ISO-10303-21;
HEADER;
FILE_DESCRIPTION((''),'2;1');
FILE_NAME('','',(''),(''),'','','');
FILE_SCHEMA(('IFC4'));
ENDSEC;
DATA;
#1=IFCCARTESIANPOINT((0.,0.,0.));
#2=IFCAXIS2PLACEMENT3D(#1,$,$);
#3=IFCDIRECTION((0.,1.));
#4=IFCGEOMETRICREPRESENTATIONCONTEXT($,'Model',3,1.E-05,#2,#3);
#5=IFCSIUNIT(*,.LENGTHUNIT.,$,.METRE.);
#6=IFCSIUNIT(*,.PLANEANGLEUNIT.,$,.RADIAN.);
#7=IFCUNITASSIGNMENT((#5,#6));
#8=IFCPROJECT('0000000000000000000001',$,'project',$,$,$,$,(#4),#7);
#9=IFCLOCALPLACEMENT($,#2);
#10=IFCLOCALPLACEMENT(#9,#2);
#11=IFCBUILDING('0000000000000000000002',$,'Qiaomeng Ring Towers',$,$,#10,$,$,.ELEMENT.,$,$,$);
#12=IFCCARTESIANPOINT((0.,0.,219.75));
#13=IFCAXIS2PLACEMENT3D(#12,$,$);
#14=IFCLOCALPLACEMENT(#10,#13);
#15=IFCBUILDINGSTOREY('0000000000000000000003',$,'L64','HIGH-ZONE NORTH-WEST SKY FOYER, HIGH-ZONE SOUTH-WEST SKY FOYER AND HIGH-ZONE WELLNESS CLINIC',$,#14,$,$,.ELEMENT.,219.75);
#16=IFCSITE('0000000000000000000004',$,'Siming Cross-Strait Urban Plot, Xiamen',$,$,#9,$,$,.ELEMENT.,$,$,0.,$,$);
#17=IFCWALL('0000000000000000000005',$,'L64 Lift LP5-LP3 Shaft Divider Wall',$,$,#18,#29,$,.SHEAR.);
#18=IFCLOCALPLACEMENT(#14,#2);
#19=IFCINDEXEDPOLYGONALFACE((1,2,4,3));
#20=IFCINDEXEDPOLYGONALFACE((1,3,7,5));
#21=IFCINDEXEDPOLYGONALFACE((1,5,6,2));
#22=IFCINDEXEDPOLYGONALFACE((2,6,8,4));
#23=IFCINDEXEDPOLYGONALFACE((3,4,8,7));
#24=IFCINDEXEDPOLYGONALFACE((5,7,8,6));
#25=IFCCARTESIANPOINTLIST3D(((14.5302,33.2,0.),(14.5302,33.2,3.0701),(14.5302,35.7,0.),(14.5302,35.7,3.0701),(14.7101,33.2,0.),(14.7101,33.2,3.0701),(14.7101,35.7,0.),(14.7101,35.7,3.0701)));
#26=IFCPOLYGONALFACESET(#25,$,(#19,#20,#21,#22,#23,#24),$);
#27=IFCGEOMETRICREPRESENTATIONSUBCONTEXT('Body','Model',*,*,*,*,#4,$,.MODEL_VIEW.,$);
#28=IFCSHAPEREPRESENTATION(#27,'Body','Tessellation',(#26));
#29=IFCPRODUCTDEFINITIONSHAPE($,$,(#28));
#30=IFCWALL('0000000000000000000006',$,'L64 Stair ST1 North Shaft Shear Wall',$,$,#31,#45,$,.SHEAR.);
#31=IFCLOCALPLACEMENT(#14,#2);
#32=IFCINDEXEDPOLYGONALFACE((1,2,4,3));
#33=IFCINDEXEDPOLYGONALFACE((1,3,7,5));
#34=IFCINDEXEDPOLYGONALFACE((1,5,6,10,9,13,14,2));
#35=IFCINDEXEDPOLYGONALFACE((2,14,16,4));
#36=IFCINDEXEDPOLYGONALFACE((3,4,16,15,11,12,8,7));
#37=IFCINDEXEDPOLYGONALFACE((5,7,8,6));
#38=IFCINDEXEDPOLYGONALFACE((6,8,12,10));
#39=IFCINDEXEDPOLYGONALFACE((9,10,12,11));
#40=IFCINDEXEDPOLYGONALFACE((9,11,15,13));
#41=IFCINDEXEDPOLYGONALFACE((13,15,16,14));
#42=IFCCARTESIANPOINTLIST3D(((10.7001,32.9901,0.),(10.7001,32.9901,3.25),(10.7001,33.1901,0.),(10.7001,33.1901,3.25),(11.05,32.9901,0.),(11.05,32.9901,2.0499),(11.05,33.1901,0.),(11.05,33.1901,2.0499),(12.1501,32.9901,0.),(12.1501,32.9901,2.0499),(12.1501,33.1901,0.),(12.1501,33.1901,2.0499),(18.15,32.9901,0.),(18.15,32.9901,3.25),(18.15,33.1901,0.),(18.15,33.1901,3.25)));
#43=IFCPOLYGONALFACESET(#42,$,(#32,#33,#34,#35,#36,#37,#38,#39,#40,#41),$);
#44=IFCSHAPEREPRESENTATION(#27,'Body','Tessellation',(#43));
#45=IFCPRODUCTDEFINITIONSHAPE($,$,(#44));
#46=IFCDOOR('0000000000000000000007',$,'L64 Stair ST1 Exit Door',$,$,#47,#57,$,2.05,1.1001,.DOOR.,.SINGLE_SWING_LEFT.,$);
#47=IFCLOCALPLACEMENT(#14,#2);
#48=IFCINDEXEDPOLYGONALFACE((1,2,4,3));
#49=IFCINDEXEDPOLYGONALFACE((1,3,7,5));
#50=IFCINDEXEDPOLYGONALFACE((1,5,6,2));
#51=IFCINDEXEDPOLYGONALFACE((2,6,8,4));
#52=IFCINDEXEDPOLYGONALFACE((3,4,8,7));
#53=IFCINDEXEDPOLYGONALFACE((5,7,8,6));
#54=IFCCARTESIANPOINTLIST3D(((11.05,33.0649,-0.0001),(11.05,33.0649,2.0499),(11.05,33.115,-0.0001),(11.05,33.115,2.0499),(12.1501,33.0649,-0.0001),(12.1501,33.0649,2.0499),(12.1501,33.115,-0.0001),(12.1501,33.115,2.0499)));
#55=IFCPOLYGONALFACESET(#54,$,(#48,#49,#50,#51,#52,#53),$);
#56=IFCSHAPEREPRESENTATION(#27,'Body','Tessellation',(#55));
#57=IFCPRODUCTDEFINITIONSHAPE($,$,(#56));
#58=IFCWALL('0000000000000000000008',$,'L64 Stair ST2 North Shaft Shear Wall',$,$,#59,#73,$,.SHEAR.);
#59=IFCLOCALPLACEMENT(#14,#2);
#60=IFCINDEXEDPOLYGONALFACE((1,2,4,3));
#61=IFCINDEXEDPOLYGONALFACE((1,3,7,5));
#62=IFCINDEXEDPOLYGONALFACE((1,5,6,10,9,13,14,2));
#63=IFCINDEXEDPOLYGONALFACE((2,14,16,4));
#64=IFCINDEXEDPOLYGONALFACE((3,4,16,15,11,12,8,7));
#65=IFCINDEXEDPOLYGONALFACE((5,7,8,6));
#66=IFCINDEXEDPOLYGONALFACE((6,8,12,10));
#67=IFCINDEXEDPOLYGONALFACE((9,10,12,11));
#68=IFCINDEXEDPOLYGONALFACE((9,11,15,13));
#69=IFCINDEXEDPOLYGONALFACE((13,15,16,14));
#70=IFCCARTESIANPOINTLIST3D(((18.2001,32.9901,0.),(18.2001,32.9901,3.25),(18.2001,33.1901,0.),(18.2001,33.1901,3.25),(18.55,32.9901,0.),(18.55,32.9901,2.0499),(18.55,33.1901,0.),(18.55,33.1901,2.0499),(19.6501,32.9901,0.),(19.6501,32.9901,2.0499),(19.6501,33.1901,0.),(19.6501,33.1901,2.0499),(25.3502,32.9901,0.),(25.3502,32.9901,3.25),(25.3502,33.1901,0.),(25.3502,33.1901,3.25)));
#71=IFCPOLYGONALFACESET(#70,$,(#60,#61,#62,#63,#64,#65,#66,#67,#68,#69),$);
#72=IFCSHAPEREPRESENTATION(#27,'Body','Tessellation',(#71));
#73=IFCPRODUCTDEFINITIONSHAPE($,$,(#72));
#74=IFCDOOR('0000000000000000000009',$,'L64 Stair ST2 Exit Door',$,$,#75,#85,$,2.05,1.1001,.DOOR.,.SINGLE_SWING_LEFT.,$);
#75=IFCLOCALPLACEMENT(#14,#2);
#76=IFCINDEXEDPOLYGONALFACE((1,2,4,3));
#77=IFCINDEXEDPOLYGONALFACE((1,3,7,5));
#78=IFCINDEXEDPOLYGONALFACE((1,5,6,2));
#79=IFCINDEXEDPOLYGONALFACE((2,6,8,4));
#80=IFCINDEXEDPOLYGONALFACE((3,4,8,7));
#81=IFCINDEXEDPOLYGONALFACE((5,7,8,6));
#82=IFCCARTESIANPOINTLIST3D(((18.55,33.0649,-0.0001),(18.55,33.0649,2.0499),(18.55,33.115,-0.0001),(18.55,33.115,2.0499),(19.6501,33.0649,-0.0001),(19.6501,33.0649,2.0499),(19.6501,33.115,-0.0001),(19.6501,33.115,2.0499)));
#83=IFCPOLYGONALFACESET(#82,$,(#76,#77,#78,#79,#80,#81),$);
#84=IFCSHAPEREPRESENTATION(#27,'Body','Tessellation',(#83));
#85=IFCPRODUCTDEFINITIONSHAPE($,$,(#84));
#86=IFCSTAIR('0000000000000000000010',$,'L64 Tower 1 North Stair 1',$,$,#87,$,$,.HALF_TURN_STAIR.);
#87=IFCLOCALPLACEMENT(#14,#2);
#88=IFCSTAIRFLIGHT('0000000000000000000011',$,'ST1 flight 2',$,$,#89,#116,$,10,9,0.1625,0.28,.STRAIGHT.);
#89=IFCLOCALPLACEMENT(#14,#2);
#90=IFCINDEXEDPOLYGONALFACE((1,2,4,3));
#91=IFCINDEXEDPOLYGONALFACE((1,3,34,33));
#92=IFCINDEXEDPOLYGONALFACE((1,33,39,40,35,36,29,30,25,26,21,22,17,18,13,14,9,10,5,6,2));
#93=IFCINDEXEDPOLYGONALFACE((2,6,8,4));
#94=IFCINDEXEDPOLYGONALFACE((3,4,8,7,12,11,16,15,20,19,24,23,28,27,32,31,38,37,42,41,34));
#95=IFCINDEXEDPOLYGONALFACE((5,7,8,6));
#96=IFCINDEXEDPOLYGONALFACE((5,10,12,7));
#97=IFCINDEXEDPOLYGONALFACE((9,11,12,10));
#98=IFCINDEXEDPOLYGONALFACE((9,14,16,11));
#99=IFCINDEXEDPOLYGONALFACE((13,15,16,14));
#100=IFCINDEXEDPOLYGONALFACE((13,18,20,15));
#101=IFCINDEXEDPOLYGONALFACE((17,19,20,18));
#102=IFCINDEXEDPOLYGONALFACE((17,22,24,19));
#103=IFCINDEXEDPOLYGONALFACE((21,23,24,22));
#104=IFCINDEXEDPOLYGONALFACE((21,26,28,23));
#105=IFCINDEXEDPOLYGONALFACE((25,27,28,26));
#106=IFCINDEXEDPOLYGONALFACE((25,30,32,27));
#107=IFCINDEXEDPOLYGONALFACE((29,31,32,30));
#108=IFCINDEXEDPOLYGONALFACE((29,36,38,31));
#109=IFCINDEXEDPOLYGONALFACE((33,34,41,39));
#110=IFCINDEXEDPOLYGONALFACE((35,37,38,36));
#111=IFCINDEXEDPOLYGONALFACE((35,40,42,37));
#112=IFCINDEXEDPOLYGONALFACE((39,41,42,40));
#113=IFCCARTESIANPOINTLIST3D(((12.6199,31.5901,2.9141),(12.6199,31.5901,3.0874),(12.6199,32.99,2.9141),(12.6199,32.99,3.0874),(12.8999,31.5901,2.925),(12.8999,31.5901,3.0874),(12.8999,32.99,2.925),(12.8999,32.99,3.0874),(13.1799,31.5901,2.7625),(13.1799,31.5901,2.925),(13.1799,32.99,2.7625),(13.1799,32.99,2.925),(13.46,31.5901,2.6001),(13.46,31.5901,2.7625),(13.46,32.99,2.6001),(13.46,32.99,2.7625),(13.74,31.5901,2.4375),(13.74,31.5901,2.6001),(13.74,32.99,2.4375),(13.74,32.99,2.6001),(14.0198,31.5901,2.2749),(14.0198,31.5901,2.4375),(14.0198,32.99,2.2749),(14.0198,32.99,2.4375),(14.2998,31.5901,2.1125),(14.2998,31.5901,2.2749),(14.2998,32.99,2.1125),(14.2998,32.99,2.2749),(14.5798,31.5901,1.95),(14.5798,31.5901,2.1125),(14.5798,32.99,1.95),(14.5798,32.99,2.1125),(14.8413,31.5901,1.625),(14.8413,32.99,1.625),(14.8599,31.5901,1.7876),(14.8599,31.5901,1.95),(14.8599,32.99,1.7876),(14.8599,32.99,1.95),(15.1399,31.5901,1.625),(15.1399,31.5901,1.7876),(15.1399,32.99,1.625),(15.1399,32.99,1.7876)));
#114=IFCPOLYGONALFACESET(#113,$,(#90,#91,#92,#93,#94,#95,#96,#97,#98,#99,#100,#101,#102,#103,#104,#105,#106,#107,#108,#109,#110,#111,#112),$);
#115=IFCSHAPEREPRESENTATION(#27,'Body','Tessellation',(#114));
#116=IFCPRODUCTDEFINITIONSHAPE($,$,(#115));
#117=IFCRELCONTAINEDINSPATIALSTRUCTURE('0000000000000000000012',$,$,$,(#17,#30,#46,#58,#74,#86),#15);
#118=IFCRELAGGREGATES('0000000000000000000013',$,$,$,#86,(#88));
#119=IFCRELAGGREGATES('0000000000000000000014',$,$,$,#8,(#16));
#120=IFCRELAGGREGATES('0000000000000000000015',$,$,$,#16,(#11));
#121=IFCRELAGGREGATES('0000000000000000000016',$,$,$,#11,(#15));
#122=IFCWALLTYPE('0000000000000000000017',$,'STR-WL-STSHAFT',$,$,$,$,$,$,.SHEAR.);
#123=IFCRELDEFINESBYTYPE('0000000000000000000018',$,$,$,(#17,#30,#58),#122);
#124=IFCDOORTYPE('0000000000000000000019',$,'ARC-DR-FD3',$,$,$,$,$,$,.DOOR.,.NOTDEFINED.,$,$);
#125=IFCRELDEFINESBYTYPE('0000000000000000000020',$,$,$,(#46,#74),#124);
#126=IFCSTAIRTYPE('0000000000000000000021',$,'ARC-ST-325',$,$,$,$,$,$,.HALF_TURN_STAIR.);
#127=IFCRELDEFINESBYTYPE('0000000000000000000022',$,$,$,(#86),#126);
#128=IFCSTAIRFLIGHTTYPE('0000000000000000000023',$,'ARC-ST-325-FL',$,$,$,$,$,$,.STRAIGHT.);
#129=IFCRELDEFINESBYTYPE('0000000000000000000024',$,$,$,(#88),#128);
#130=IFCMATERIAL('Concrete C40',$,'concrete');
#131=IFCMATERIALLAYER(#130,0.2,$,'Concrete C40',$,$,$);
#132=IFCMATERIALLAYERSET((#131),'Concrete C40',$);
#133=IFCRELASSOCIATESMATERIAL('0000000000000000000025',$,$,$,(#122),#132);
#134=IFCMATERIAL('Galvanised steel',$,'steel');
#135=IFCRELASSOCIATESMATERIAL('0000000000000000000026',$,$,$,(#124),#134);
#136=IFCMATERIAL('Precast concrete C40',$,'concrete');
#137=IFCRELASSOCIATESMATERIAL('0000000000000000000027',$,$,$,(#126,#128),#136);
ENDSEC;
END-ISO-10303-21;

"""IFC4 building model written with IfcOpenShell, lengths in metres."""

from ifc_helpers import new_model, si_unit, direction, frame, frame_2d, origin, place, context, subcontext, project, spatial, polyline, rectangle, outline, extrude, source, transform, mapped, material, layer, layer_set, type_object, element, fill, aggregate, save


model = new_model("IFC4")

# Units and contexts
model_context = context("Model", 3, precision=1e-05, world=origin(), true_north=direction((0.0, 1.0)))
body_context = subcontext(model_context, "Body", "Model", "MODEL_VIEW")
ifc_project = project(units=[si_unit("LENGTHUNIT", "METRE"), si_unit("PLANEANGLEUNIT", "RADIAN")], contexts=[model_context])

# Site, building, storey
site_placement = place(None, origin())
site = spatial("IfcSite", under=ifc_project, at=site_placement, Name="Siming Cross-Strait Urban Plot, Xiamen", CompositionType="ELEMENT", RefElevation=0.0)
building_placement = place(site_placement, origin())
building = spatial("IfcBuilding", under=site, at=building_placement, Name="Qiaomeng Ring Towers", CompositionType="ELEMENT")
storey_placement = place(building_placement, frame((0.0, 0.0, 219.75)))
storey = spatial("IfcBuildingStorey", under=building, at=storey_placement, Name="L64", Description="HIGH-ZONE NORTH-WEST SKY FOYER, HIGH-ZONE SOUTH-WEST SKY FOYER AND HIGH-ZONE WELLNESS CLINIC", CompositionType="ELEMENT", Elevation=219.75)

# Wall
ifc_material_1 = material(Name="Concrete C40", Category="concrete")
ifc_layer_1 = layer(ifc_material_1, 0.2, Name="Concrete C40")
ifc_layer_set_1 = layer_set([ifc_layer_1], Name="Concrete C40")
wall_type_1 = type_object("IfcWallType", Name="STR-WL-STSHAFT", PredefinedType="SHEAR", material=ifc_layer_set_1)
wall_1_placement = place(storey_placement, frame((14.6201, 33.2, 0.0), z_axis=(0.0, 0.0, 1.0), x_axis=(0.0, 1.0, 0.0)))
element("IfcWall", 1, at=wall_1_placement, inside=storey, type_object=wall_type_1, Name="L64 Lift LP5-LP3 Shaft Divider Wall", PredefinedType="SHEAR", context=body_context, shape_type="SweptSolid", body=[
    extrude(rectangle(XDim=2.5, YDim=0.1799, at=frame_2d((1.25, 0.0))), origin(), (0.0, 0.0, 1.0), 3.0701),
])

# Walls, openings, doors
wall_2_placement = place(storey_placement, frame((10.7, 33.0901, 0.0), z_axis=(0.0, 0.0, 1.0), x_axis=(1.0, 0.0, 0.0)))
wall_2 = element("IfcWall", 2, at=wall_2_placement, inside=storey, type_object=wall_type_1, Name="L64 Stair ST1 North Shaft Shear Wall", PredefinedType="SHEAR", context=body_context, shape_type="SweptSolid", body=[
    extrude(rectangle(XDim=7.45, YDim=0.2, at=frame_2d((3.7251, 0.0))), origin(), (0.0, 0.0, 1.0), 3.25),
])
opening_1_placement = place(wall_2_placement, frame((0.3501, 0.0, 0.0)))
opening_1 = element("IfcOpeningElement", 3, at=opening_1_placement, cuts=wall_2, PredefinedType="OPENING", context=body_context, shape_type="SweptSolid", body=[
    extrude(rectangle(XDim=1.1001, YDim=2.05, at=frame_2d((0.55, 1.0249))), frame((0.0, 0.1099, 0.0), z_axis=(0.0, -1.0, 0.0), x_axis=(1.0, 0.0, 0.0)), (0.0, 0.0, 1.0), 0.22),
])
ifc_material_2 = material(Name="Galvanised steel", Category="steel")
door_type_1 = type_object("IfcDoorType", Name="ARC-DR-FD3", OperationType="NOTDEFINED", PredefinedType="DOOR", material=ifc_material_2)
shared_shape_1 = source(origin(), body_context, "Body", "SweptSolid", [
    extrude(rectangle(XDim=1.1001, YDim=2.05, at=frame_2d((0.55, 1.0249))), frame((0.0, 0.0249, 0.0), z_axis=(0.0, -1.0, 0.0), x_axis=(1.0, 0.0, 0.0)), (0.0, 0.0, 1.0), 0.05),
])
door_1_placement = place(opening_1_placement, origin())
door_1 = element("IfcDoor", 4, at=door_1_placement, inside=storey, type_object=door_type_1, Name="L64 Stair ST1 Exit Door", OperationType="SINGLE_SWING_LEFT", OverallHeight=2.05, OverallWidth=1.1001, PredefinedType="DOOR", context=body_context, shape_type="MappedRepresentation", body=[
    mapped(shared_shape_1, transform((0.0, 0.0, 0.0), x_axis=(1.0, 0.0, 0.0), y_axis=(0.0, 1.0, 0.0), z_axis=(0.0, 0.0, 1.0), scale=1.0)),
])
fill(opening_1, door_1)
wall_3_placement = place(storey_placement, frame((18.2, 33.0901, 0.0), z_axis=(0.0, 0.0, 1.0), x_axis=(1.0, 0.0, 0.0)))
wall_3 = element("IfcWall", 5, at=wall_3_placement, inside=storey, type_object=wall_type_1, Name="L64 Stair ST2 North Shaft Shear Wall", PredefinedType="SHEAR", context=body_context, shape_type="SweptSolid", body=[
    extrude(rectangle(XDim=7.1501, YDim=0.2, at=frame_2d((3.5752, 0.0))), origin(), (0.0, 0.0, 1.0), 3.25),
])
opening_2_placement = place(wall_3_placement, frame((0.3501, 0.0, 0.0)))
opening_2 = element("IfcOpeningElement", 6, at=opening_2_placement, cuts=wall_3, PredefinedType="OPENING", context=body_context, shape_type="SweptSolid", body=[
    extrude(rectangle(XDim=1.1001, YDim=2.05, at=frame_2d((0.55, 1.0249))), frame((0.0, 0.1099, 0.0), z_axis=(0.0, -1.0, 0.0), x_axis=(1.0, 0.0, 0.0)), (0.0, 0.0, 1.0), 0.22),
])
door_2_placement = place(opening_2_placement, origin())
door_2 = element("IfcDoor", 7, at=door_2_placement, inside=storey, type_object=door_type_1, Name="L64 Stair ST2 Exit Door", OperationType="SINGLE_SWING_LEFT", OverallHeight=2.05, OverallWidth=1.1001, PredefinedType="DOOR", context=body_context, shape_type="MappedRepresentation", body=[
    mapped(shared_shape_1, transform((0.0, 0.0, 0.0), x_axis=(1.0, 0.0, 0.0), y_axis=(0.0, 1.0, 0.0), z_axis=(0.0, 0.0, 1.0), scale=1.0)),
])
fill(opening_2, door_2)

# Stair, stair flight
ifc_material_3 = material(Name="Precast concrete C40", Category="concrete")
stair_type = type_object("IfcStairType", Name="ARC-ST-325", PredefinedType="HALF_TURN_STAIR", material=ifc_material_3)
stair_placement = place(storey_placement, origin())
stair = element("IfcStair", 8, at=stair_placement, inside=storey, type_object=stair_type, Name="L64 Tower 1 North Stair 1", PredefinedType="HALF_TURN_STAIR")
stair_flight_type = type_object("IfcStairFlightType", Name="ARC-ST-325-FL", PredefinedType="STRAIGHT", material=ifc_material_3)
shared_shape_2 = source(origin(), body_context, "Body", "SweptSolid", [
    extrude(outline(polyline([(0.0, 0.0), (0.0, 0.1626), (0.28, 0.1626), (0.28, 0.325), (0.5601, 0.325), (0.5601, 0.4875), (0.8401, 0.4875), (0.8401, 0.6499), (1.1201, 0.6499), (1.1201, 0.8125), (1.3999, 0.8125), (1.3999, 0.9751), (1.6799, 0.9751), (1.6799, 1.1375), (1.96, 1.1375), (1.96, 1.3), (2.24, 1.3), (2.24, 1.4624), (2.52, 1.4624), (2.52, 1.625), (2.52, 1.2891), (0.2986, 0.0), (0.0, 0.0)])), frame((0.0, 0.7, 0.0), z_axis=(0.0, -1.0, 0.0), x_axis=(1.0, 0.0, 0.0)), (0.0, 0.0, 1.0), 1.3999),
])
stair_flight_placement = place(storey_placement, frame((15.1399, 32.29, 1.625), z_axis=(0.0, 0.0, 1.0), x_axis=(-1.0, 0.0, 0.0)))
stair_flight = element("IfcStairFlight", 9, at=stair_flight_placement, type_object=stair_flight_type, Name="ST1 flight 2", NumberOfRisers=10, NumberOfTreads=9, PredefinedType="STRAIGHT", RiserHeight=0.1625, TreadLength=0.28, context=body_context, shape_type="MappedRepresentation", body=[
    mapped(shared_shape_2, transform((0.0, 0.0, 0.0), x_axis=(1.0, 0.0, 0.0), y_axis=(0.0, 1.0, 0.0), z_axis=(0.0, 0.0, 1.0), scale=1.0)),
])
aggregate(stair, [stair_flight])

save(model, "model.ifc")
